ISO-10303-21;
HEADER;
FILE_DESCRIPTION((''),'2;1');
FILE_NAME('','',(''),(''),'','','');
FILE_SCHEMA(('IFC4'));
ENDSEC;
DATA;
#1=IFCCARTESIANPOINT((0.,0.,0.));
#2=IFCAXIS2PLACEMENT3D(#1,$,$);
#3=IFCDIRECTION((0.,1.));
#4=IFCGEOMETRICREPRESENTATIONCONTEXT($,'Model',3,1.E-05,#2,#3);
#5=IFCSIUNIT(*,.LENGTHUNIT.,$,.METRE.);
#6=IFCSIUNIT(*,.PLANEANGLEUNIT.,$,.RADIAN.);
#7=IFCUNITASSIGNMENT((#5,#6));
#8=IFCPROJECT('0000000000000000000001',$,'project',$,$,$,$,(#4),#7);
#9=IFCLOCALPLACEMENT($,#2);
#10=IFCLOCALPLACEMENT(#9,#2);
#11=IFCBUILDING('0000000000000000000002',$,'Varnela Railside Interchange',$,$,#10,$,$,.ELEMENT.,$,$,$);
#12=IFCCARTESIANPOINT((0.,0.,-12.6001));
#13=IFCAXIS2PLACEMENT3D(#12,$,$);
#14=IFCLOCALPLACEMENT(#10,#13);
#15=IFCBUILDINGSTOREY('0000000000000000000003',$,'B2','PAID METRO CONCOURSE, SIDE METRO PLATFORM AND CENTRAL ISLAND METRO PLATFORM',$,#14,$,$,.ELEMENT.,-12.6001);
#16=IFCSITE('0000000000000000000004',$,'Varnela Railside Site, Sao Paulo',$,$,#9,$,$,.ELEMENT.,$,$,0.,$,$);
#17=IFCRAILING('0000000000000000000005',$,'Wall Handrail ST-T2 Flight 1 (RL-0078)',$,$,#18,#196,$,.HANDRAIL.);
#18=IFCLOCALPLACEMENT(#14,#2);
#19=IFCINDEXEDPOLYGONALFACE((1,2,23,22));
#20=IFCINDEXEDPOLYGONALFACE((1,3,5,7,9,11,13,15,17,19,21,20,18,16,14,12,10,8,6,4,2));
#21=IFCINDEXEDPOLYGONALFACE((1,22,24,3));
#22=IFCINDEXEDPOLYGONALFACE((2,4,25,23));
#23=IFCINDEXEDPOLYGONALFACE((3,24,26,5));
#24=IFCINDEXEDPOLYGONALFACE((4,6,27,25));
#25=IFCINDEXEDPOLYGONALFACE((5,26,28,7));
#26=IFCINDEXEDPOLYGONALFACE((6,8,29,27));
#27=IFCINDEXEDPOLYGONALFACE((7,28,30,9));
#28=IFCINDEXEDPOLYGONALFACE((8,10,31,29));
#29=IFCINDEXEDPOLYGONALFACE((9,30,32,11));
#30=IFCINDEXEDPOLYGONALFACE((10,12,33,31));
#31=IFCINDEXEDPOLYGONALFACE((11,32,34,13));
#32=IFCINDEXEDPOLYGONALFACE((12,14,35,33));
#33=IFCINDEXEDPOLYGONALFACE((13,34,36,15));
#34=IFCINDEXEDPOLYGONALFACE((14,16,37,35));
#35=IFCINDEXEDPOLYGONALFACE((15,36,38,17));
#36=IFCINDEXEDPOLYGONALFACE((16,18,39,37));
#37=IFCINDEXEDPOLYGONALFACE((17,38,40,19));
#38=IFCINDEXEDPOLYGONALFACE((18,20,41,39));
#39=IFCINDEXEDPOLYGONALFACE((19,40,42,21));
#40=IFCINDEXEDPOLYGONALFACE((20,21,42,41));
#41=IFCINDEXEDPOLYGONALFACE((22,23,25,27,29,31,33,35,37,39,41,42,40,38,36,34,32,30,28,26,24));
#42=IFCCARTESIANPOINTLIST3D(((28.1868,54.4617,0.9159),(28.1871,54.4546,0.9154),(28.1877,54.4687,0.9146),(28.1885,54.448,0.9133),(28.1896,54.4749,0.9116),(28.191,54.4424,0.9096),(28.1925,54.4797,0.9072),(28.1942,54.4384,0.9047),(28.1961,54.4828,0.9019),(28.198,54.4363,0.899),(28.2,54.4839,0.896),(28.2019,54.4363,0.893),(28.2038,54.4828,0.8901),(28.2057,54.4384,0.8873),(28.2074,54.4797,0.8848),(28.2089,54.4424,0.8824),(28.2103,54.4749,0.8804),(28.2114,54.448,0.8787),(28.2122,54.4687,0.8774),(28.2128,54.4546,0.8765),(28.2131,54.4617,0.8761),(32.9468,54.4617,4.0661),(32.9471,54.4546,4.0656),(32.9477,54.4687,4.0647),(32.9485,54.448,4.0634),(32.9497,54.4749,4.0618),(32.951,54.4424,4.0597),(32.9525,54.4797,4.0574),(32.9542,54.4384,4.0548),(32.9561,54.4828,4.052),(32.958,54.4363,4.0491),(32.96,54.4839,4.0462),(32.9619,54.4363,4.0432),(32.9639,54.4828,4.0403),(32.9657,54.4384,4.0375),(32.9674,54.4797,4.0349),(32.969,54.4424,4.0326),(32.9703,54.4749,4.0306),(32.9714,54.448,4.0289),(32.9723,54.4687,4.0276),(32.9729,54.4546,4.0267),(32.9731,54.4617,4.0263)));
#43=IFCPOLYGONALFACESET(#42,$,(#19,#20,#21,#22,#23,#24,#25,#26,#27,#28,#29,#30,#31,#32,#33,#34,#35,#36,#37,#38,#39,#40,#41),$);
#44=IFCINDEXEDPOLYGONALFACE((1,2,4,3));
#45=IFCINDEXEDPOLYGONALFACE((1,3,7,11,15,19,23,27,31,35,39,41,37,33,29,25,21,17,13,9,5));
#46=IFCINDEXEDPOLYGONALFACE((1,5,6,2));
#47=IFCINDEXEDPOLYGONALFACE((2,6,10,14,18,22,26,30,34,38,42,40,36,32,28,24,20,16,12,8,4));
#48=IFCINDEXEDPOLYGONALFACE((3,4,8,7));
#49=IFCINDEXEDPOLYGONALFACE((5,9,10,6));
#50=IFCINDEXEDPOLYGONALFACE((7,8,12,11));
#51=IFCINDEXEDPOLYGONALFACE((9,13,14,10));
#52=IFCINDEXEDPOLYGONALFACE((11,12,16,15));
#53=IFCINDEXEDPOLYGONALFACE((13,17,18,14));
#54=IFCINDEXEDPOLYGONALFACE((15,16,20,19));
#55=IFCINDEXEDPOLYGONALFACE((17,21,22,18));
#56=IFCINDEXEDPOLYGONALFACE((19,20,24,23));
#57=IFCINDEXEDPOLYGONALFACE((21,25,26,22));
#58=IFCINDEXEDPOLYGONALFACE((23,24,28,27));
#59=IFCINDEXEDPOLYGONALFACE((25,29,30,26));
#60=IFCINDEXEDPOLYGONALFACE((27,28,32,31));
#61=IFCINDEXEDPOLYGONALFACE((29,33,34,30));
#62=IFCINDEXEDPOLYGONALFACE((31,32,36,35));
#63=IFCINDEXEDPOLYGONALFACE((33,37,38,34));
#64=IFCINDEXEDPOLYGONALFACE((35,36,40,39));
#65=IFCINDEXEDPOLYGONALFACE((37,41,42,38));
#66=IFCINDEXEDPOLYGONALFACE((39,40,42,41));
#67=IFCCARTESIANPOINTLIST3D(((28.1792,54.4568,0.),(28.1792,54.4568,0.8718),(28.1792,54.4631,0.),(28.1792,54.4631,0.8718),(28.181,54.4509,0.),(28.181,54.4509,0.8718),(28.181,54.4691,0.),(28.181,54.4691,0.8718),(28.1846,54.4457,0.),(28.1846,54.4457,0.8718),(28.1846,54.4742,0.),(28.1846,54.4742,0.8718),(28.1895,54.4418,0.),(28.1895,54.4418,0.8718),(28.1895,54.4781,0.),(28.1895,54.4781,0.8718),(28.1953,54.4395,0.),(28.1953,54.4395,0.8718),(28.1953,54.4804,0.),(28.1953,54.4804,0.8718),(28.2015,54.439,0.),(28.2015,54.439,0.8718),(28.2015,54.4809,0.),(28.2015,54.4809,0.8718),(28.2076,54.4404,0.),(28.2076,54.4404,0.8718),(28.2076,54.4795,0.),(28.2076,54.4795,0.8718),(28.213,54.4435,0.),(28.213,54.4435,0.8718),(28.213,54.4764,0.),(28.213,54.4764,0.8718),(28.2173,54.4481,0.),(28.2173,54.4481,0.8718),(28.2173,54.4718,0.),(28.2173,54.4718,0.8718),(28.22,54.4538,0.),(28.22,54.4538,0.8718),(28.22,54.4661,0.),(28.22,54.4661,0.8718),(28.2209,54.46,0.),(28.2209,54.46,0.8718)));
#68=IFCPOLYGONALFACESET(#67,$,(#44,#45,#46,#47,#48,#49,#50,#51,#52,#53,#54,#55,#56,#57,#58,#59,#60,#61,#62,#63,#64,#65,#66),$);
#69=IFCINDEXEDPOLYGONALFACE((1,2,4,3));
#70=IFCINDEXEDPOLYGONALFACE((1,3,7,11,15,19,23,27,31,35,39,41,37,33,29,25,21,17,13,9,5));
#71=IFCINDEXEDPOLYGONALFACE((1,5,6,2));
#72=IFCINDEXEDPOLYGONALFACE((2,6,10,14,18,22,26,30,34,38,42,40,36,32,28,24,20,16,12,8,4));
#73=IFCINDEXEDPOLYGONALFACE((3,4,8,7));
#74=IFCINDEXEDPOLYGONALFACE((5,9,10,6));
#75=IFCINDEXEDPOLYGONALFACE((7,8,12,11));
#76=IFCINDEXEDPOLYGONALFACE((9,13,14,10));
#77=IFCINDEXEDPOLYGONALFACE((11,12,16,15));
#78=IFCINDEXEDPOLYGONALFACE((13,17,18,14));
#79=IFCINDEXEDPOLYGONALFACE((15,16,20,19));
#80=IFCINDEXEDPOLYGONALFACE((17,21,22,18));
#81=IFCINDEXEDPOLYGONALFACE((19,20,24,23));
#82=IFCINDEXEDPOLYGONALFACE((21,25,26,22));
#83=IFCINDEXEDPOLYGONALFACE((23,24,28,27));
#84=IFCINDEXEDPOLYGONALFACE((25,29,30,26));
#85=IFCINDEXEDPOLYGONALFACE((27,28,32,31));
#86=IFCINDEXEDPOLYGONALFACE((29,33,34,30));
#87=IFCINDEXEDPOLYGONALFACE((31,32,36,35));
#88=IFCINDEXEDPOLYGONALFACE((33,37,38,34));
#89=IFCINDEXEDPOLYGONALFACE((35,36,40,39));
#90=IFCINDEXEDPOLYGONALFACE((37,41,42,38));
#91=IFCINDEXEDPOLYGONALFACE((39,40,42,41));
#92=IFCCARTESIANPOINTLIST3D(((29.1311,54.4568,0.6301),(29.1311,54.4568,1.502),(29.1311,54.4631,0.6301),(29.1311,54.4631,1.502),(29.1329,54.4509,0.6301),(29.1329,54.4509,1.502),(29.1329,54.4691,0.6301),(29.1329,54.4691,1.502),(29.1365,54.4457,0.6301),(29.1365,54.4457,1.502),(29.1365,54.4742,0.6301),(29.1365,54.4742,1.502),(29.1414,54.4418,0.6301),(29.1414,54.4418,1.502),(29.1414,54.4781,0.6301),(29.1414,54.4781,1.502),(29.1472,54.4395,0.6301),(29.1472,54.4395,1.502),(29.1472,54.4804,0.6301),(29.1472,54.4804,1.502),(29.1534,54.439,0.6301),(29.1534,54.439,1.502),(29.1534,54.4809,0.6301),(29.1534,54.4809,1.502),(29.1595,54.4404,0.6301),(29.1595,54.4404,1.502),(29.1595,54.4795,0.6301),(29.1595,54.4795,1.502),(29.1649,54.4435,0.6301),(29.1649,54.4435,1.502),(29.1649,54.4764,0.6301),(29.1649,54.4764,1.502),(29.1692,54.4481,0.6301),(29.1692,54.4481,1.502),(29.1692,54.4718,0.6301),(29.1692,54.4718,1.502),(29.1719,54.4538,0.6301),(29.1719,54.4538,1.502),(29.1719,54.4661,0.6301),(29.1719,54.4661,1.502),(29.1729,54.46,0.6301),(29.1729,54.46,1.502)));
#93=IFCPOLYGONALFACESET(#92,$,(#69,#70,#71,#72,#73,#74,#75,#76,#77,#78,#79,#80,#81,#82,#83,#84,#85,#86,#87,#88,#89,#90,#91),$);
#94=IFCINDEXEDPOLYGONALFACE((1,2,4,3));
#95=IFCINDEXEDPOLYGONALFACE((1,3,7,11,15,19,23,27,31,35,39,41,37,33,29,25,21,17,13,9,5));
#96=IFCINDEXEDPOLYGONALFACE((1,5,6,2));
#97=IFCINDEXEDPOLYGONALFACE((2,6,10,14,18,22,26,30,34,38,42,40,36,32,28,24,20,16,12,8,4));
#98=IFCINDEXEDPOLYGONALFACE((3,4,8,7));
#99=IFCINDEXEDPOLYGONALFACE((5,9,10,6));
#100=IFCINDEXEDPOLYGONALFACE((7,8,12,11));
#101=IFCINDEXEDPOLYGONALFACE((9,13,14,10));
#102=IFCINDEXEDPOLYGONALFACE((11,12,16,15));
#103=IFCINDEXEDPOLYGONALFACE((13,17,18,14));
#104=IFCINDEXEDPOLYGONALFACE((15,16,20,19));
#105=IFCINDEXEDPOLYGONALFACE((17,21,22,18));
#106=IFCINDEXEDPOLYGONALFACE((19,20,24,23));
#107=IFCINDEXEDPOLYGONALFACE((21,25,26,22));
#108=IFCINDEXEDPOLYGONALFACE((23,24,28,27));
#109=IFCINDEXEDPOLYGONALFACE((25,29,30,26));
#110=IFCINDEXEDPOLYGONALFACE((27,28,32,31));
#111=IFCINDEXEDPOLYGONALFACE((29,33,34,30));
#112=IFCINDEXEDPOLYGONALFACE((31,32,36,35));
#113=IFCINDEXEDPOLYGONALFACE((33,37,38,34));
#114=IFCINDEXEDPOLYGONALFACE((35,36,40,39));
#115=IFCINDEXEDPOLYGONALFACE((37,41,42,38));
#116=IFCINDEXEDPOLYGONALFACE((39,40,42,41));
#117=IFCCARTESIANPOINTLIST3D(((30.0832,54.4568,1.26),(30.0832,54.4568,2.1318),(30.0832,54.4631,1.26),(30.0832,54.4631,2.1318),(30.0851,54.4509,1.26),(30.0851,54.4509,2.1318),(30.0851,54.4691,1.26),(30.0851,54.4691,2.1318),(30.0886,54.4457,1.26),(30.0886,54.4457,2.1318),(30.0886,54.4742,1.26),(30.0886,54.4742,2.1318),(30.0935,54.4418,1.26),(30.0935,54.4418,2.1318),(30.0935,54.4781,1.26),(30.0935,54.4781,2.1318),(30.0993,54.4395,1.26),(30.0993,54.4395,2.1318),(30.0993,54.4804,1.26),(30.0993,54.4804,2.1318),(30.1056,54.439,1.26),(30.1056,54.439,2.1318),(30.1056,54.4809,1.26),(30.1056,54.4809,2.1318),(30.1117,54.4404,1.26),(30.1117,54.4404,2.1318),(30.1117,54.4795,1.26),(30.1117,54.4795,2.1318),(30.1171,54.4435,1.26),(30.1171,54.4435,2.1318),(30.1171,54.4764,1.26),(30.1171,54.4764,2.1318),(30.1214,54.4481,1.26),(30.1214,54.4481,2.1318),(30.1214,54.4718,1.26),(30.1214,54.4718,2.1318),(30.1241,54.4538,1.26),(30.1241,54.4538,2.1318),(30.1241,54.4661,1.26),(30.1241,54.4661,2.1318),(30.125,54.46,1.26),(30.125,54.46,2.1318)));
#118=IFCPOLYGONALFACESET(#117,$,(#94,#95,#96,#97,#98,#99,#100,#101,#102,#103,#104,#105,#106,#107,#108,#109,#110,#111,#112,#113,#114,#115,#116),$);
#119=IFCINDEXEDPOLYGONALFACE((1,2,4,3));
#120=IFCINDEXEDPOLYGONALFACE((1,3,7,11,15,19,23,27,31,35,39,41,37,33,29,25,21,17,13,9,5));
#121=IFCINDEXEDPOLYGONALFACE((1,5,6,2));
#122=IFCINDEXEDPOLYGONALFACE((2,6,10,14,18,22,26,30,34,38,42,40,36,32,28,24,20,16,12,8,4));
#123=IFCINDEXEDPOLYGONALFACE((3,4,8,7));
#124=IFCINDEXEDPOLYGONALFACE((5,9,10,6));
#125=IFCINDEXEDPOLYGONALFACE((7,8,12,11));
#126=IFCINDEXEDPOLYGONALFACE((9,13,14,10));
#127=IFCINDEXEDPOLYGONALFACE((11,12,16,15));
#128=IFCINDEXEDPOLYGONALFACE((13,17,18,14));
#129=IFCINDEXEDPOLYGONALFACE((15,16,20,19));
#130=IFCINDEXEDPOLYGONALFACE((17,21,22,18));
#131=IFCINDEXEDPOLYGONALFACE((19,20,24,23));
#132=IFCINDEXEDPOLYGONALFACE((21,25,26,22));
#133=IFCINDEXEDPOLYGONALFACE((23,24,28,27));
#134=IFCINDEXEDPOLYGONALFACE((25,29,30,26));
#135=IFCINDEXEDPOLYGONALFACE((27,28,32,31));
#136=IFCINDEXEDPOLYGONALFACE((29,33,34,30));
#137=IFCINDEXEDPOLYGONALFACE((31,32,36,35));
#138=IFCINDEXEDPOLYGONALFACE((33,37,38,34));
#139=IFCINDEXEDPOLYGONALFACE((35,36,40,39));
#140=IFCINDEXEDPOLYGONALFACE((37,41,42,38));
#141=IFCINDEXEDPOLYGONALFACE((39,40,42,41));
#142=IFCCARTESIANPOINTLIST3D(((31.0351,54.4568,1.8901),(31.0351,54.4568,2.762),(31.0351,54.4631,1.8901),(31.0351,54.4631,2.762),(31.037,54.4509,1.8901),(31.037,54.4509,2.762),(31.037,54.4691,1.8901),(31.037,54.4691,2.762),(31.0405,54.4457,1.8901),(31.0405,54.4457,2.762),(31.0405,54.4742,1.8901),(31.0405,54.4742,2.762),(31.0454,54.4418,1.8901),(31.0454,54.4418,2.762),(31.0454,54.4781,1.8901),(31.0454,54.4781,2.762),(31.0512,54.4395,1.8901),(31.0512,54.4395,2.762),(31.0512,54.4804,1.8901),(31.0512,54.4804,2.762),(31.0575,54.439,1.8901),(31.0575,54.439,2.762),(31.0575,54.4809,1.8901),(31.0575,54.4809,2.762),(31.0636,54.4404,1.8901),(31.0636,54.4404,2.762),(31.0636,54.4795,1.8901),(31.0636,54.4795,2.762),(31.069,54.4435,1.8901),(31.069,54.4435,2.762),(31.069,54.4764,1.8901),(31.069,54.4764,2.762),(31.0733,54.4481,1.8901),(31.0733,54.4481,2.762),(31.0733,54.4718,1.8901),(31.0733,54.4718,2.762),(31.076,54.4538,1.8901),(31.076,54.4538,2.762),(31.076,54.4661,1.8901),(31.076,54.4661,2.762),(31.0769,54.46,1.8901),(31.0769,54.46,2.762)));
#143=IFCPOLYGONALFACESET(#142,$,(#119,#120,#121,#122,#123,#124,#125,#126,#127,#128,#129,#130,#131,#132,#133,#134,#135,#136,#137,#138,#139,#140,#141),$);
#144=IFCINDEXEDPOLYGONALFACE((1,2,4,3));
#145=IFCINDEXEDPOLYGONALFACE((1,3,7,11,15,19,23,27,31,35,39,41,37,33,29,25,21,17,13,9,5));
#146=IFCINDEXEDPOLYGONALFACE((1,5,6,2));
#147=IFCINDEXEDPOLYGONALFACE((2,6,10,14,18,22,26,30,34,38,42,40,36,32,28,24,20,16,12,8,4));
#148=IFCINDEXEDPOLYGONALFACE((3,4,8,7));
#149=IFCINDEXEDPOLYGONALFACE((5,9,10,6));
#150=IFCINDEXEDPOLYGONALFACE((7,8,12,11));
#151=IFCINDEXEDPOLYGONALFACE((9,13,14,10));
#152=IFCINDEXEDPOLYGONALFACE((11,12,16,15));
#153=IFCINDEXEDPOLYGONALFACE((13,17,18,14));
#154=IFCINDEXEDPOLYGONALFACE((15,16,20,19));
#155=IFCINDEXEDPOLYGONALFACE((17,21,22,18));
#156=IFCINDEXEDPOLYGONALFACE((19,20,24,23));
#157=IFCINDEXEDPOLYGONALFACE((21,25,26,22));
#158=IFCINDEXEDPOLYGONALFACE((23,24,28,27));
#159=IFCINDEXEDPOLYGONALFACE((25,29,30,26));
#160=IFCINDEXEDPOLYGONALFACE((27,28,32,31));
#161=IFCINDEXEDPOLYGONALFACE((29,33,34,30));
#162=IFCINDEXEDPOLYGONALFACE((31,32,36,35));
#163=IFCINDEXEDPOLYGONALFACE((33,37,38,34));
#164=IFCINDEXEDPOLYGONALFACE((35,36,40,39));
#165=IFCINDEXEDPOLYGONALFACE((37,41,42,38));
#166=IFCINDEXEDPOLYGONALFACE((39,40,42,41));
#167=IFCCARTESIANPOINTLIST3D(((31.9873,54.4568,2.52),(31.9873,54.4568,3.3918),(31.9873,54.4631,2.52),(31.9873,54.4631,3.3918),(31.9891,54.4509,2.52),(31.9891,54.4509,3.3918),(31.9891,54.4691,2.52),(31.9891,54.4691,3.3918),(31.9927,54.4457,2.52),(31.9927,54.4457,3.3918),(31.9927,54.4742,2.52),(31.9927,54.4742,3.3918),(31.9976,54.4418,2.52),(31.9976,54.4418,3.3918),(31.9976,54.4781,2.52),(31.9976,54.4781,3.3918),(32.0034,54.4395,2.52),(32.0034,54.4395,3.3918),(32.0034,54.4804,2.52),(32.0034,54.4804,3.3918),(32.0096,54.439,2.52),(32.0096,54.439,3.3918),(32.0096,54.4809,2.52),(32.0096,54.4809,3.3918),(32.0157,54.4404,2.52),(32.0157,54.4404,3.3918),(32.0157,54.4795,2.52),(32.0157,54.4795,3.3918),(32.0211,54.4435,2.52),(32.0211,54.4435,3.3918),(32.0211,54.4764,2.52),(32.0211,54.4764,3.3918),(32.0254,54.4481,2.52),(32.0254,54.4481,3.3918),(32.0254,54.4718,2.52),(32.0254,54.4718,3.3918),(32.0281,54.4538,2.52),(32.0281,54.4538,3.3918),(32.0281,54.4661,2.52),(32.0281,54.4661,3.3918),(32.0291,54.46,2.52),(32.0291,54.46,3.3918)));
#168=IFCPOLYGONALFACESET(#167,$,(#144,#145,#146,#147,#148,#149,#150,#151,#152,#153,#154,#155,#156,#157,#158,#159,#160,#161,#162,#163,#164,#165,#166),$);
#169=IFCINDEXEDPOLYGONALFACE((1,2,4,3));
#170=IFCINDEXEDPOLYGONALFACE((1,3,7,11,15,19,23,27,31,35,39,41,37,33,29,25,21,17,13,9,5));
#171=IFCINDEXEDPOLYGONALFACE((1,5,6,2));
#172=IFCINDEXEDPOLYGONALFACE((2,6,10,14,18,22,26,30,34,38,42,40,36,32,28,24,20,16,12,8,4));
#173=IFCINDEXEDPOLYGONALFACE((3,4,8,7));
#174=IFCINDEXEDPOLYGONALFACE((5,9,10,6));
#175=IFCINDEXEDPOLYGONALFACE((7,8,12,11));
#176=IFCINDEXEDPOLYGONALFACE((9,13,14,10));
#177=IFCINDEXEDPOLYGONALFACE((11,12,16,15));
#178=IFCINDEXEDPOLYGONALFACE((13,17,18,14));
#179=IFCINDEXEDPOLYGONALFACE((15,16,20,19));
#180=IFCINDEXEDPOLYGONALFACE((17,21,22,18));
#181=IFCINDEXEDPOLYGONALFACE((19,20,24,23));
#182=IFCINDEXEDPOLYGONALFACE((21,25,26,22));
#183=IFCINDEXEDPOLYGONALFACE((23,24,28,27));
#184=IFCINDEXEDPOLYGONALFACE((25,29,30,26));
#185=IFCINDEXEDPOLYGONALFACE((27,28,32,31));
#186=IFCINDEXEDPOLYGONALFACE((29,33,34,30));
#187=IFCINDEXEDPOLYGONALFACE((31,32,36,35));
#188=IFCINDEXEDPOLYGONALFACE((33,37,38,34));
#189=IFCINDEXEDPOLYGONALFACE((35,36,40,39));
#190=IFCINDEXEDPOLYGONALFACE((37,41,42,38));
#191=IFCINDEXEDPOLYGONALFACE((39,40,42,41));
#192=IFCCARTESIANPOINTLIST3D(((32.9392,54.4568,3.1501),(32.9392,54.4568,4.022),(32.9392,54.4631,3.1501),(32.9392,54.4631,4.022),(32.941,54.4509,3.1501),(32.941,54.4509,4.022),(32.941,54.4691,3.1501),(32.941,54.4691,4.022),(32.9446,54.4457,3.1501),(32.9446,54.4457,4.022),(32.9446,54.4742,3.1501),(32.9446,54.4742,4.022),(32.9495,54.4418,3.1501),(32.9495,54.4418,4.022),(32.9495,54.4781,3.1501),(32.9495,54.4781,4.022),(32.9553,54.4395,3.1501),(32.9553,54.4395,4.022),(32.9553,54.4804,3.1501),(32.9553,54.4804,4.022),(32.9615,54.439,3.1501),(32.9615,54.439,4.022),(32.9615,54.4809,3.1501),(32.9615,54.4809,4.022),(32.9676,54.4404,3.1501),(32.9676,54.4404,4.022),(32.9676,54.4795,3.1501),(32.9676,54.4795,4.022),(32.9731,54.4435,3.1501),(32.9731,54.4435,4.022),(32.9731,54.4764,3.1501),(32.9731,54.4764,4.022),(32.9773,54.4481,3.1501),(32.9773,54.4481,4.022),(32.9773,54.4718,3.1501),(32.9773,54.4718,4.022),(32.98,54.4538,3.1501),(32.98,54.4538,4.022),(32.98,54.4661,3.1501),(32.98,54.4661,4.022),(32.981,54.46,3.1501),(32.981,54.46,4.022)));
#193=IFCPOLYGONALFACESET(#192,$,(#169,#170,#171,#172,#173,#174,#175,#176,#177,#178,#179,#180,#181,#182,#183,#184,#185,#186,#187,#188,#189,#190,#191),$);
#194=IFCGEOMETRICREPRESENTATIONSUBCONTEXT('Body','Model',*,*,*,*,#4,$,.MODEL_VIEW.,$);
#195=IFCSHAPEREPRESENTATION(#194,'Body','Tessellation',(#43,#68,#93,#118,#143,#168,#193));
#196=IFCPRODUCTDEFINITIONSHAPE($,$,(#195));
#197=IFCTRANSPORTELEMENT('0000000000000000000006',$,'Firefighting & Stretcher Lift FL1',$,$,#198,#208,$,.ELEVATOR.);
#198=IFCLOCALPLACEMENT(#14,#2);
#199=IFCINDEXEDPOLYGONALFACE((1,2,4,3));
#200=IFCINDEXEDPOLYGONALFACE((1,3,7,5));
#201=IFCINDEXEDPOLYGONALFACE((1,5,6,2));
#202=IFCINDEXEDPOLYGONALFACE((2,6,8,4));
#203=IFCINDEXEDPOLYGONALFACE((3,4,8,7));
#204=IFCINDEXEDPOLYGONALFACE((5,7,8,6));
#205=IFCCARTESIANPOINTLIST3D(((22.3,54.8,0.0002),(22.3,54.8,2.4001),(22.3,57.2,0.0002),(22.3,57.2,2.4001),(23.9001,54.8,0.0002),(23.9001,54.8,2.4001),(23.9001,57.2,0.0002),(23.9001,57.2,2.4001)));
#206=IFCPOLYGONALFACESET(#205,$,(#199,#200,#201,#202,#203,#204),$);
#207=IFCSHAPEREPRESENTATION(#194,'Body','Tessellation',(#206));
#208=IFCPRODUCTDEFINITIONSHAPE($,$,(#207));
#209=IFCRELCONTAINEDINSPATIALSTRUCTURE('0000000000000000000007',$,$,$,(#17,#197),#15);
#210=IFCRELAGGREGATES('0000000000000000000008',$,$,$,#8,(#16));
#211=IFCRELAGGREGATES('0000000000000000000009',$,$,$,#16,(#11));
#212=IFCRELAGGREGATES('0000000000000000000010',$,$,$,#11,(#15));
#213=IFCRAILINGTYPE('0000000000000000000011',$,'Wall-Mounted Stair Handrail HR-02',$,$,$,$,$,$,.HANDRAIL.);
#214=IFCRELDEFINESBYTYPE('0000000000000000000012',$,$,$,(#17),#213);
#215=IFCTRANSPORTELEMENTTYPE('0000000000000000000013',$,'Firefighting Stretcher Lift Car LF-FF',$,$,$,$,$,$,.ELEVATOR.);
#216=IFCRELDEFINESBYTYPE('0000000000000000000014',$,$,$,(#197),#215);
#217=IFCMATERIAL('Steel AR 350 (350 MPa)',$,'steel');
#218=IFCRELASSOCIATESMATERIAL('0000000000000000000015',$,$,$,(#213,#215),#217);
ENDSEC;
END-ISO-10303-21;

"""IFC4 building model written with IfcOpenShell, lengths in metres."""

from ifc_helpers import new_model, si_unit, direction, frame, origin, origin_2d, place, context, subcontext, project, spatial, rectangle, circle, extrude, material, type_object, element, save


model = new_model("IFC4")

# Units and contexts
model_context = context("Model", 3, precision=1e-05, world=origin(), true_north=direction((0.0, 1.0)))
body_context = subcontext(model_context, "Body", "Model", "MODEL_VIEW")
ifc_project = project(units=[si_unit("LENGTHUNIT", "METRE"), si_unit("PLANEANGLEUNIT", "RADIAN")], contexts=[model_context])

# Site, building, storey
site_placement = place(None, origin())
site = spatial("IfcSite", under=ifc_project, at=site_placement, Name="Varnela Railside Site, Sao Paulo", CompositionType="ELEMENT", RefElevation=0.0)
building_placement = place(site_placement, origin())
building = spatial("IfcBuilding", under=site, at=building_placement, Name="Varnela Railside Interchange", CompositionType="ELEMENT")
storey_placement = place(building_placement, frame((0.0, 0.0, -12.6001)))
storey = spatial("IfcBuildingStorey", under=building, at=storey_placement, Name="B2", Description="PAID METRO CONCOURSE, SIDE METRO PLATFORM AND CENTRAL ISLAND METRO PLATFORM", CompositionType="ELEMENT", Elevation=-12.6001)

# Shared definitions
ifc_material_1 = material(Name="Steel AR 350 (350 MPa)", Category="steel")

# Railing
railing_type_1 = type_object("IfcRailingType", Name="Wall-Mounted Stair Handrail HR-02", PredefinedType="HANDRAIL", material=ifc_material_1)
for number, where, name in (
    (1, (28.2, 54.46, 0.0), "Wall Handrail ST-T2 Flight 1 (RL-0078)"),
):
    element("IfcRailing", number, at=place(storey_placement, frame(where)), inside=storey, type_object=railing_type_1, Name=name, PredefinedType="HANDRAIL", context=body_context, shape_type="SweptSolid", body=[
        extrude(circle(Radius=0.0239, at=origin_2d()), frame((0.0, 0.0, 0.896), z_axis=(0.833921, 0.0, 0.551884), x_axis=(0.0, 1.0, 0.0)), (0.0, 0.0, 1.0), 5.708),
        extrude(circle(Radius=0.021, at=origin_2d()), origin(), (0.0, 0.0, 1.0), 0.8718),
        extrude(circle(Radius=0.021, at=origin_2d()), frame((0.9519, 0.0, 0.6301)), (0.0, 0.0, 1.0), 0.8718),
        extrude(circle(Radius=0.021, at=origin_2d()), frame((1.9041, 0.0, 1.26)), (0.0, 0.0, 1.0), 0.8718),
        extrude(circle(Radius=0.021, at=origin_2d()), frame((2.856, 0.0, 1.8901)), (0.0, 0.0, 1.0), 0.8718),
        extrude(circle(Radius=0.021, at=origin_2d()), frame((3.8081, 0.0, 2.52)), (0.0, 0.0, 1.0), 0.8718),
        extrude(circle(Radius=0.021, at=origin_2d()), frame((4.76, 0.0, 3.1501)), (0.0, 0.0, 1.0), 0.8718),
    ])

# Transport element
transport_element_type = type_object("IfcTransportElementType", Name="Firefighting Stretcher Lift Car LF-FF", PredefinedType="ELEVATOR", material=ifc_material_1)
for number, where, z_axis, x_axis, name in (
    (2, (23.1001, 56.0, 0.0002), (0.0, 0.0, 1.0), (1.0, 0.0, 0.0), "Firefighting & Stretcher Lift FL1"),
):
    element("IfcTransportElement", number, at=place(storey_placement, frame(where, z_axis=z_axis, x_axis=x_axis)), inside=storey, type_object=transport_element_type, Name=name, PredefinedType="ELEVATOR", context=body_context, shape_type="SweptSolid", body=[
        extrude(rectangle(XDim=1.6001, YDim=2.3999, at=origin_2d()), origin(), (0.0, 0.0, 1.0), 2.3999),
    ])

save(model, "model.ifc")
